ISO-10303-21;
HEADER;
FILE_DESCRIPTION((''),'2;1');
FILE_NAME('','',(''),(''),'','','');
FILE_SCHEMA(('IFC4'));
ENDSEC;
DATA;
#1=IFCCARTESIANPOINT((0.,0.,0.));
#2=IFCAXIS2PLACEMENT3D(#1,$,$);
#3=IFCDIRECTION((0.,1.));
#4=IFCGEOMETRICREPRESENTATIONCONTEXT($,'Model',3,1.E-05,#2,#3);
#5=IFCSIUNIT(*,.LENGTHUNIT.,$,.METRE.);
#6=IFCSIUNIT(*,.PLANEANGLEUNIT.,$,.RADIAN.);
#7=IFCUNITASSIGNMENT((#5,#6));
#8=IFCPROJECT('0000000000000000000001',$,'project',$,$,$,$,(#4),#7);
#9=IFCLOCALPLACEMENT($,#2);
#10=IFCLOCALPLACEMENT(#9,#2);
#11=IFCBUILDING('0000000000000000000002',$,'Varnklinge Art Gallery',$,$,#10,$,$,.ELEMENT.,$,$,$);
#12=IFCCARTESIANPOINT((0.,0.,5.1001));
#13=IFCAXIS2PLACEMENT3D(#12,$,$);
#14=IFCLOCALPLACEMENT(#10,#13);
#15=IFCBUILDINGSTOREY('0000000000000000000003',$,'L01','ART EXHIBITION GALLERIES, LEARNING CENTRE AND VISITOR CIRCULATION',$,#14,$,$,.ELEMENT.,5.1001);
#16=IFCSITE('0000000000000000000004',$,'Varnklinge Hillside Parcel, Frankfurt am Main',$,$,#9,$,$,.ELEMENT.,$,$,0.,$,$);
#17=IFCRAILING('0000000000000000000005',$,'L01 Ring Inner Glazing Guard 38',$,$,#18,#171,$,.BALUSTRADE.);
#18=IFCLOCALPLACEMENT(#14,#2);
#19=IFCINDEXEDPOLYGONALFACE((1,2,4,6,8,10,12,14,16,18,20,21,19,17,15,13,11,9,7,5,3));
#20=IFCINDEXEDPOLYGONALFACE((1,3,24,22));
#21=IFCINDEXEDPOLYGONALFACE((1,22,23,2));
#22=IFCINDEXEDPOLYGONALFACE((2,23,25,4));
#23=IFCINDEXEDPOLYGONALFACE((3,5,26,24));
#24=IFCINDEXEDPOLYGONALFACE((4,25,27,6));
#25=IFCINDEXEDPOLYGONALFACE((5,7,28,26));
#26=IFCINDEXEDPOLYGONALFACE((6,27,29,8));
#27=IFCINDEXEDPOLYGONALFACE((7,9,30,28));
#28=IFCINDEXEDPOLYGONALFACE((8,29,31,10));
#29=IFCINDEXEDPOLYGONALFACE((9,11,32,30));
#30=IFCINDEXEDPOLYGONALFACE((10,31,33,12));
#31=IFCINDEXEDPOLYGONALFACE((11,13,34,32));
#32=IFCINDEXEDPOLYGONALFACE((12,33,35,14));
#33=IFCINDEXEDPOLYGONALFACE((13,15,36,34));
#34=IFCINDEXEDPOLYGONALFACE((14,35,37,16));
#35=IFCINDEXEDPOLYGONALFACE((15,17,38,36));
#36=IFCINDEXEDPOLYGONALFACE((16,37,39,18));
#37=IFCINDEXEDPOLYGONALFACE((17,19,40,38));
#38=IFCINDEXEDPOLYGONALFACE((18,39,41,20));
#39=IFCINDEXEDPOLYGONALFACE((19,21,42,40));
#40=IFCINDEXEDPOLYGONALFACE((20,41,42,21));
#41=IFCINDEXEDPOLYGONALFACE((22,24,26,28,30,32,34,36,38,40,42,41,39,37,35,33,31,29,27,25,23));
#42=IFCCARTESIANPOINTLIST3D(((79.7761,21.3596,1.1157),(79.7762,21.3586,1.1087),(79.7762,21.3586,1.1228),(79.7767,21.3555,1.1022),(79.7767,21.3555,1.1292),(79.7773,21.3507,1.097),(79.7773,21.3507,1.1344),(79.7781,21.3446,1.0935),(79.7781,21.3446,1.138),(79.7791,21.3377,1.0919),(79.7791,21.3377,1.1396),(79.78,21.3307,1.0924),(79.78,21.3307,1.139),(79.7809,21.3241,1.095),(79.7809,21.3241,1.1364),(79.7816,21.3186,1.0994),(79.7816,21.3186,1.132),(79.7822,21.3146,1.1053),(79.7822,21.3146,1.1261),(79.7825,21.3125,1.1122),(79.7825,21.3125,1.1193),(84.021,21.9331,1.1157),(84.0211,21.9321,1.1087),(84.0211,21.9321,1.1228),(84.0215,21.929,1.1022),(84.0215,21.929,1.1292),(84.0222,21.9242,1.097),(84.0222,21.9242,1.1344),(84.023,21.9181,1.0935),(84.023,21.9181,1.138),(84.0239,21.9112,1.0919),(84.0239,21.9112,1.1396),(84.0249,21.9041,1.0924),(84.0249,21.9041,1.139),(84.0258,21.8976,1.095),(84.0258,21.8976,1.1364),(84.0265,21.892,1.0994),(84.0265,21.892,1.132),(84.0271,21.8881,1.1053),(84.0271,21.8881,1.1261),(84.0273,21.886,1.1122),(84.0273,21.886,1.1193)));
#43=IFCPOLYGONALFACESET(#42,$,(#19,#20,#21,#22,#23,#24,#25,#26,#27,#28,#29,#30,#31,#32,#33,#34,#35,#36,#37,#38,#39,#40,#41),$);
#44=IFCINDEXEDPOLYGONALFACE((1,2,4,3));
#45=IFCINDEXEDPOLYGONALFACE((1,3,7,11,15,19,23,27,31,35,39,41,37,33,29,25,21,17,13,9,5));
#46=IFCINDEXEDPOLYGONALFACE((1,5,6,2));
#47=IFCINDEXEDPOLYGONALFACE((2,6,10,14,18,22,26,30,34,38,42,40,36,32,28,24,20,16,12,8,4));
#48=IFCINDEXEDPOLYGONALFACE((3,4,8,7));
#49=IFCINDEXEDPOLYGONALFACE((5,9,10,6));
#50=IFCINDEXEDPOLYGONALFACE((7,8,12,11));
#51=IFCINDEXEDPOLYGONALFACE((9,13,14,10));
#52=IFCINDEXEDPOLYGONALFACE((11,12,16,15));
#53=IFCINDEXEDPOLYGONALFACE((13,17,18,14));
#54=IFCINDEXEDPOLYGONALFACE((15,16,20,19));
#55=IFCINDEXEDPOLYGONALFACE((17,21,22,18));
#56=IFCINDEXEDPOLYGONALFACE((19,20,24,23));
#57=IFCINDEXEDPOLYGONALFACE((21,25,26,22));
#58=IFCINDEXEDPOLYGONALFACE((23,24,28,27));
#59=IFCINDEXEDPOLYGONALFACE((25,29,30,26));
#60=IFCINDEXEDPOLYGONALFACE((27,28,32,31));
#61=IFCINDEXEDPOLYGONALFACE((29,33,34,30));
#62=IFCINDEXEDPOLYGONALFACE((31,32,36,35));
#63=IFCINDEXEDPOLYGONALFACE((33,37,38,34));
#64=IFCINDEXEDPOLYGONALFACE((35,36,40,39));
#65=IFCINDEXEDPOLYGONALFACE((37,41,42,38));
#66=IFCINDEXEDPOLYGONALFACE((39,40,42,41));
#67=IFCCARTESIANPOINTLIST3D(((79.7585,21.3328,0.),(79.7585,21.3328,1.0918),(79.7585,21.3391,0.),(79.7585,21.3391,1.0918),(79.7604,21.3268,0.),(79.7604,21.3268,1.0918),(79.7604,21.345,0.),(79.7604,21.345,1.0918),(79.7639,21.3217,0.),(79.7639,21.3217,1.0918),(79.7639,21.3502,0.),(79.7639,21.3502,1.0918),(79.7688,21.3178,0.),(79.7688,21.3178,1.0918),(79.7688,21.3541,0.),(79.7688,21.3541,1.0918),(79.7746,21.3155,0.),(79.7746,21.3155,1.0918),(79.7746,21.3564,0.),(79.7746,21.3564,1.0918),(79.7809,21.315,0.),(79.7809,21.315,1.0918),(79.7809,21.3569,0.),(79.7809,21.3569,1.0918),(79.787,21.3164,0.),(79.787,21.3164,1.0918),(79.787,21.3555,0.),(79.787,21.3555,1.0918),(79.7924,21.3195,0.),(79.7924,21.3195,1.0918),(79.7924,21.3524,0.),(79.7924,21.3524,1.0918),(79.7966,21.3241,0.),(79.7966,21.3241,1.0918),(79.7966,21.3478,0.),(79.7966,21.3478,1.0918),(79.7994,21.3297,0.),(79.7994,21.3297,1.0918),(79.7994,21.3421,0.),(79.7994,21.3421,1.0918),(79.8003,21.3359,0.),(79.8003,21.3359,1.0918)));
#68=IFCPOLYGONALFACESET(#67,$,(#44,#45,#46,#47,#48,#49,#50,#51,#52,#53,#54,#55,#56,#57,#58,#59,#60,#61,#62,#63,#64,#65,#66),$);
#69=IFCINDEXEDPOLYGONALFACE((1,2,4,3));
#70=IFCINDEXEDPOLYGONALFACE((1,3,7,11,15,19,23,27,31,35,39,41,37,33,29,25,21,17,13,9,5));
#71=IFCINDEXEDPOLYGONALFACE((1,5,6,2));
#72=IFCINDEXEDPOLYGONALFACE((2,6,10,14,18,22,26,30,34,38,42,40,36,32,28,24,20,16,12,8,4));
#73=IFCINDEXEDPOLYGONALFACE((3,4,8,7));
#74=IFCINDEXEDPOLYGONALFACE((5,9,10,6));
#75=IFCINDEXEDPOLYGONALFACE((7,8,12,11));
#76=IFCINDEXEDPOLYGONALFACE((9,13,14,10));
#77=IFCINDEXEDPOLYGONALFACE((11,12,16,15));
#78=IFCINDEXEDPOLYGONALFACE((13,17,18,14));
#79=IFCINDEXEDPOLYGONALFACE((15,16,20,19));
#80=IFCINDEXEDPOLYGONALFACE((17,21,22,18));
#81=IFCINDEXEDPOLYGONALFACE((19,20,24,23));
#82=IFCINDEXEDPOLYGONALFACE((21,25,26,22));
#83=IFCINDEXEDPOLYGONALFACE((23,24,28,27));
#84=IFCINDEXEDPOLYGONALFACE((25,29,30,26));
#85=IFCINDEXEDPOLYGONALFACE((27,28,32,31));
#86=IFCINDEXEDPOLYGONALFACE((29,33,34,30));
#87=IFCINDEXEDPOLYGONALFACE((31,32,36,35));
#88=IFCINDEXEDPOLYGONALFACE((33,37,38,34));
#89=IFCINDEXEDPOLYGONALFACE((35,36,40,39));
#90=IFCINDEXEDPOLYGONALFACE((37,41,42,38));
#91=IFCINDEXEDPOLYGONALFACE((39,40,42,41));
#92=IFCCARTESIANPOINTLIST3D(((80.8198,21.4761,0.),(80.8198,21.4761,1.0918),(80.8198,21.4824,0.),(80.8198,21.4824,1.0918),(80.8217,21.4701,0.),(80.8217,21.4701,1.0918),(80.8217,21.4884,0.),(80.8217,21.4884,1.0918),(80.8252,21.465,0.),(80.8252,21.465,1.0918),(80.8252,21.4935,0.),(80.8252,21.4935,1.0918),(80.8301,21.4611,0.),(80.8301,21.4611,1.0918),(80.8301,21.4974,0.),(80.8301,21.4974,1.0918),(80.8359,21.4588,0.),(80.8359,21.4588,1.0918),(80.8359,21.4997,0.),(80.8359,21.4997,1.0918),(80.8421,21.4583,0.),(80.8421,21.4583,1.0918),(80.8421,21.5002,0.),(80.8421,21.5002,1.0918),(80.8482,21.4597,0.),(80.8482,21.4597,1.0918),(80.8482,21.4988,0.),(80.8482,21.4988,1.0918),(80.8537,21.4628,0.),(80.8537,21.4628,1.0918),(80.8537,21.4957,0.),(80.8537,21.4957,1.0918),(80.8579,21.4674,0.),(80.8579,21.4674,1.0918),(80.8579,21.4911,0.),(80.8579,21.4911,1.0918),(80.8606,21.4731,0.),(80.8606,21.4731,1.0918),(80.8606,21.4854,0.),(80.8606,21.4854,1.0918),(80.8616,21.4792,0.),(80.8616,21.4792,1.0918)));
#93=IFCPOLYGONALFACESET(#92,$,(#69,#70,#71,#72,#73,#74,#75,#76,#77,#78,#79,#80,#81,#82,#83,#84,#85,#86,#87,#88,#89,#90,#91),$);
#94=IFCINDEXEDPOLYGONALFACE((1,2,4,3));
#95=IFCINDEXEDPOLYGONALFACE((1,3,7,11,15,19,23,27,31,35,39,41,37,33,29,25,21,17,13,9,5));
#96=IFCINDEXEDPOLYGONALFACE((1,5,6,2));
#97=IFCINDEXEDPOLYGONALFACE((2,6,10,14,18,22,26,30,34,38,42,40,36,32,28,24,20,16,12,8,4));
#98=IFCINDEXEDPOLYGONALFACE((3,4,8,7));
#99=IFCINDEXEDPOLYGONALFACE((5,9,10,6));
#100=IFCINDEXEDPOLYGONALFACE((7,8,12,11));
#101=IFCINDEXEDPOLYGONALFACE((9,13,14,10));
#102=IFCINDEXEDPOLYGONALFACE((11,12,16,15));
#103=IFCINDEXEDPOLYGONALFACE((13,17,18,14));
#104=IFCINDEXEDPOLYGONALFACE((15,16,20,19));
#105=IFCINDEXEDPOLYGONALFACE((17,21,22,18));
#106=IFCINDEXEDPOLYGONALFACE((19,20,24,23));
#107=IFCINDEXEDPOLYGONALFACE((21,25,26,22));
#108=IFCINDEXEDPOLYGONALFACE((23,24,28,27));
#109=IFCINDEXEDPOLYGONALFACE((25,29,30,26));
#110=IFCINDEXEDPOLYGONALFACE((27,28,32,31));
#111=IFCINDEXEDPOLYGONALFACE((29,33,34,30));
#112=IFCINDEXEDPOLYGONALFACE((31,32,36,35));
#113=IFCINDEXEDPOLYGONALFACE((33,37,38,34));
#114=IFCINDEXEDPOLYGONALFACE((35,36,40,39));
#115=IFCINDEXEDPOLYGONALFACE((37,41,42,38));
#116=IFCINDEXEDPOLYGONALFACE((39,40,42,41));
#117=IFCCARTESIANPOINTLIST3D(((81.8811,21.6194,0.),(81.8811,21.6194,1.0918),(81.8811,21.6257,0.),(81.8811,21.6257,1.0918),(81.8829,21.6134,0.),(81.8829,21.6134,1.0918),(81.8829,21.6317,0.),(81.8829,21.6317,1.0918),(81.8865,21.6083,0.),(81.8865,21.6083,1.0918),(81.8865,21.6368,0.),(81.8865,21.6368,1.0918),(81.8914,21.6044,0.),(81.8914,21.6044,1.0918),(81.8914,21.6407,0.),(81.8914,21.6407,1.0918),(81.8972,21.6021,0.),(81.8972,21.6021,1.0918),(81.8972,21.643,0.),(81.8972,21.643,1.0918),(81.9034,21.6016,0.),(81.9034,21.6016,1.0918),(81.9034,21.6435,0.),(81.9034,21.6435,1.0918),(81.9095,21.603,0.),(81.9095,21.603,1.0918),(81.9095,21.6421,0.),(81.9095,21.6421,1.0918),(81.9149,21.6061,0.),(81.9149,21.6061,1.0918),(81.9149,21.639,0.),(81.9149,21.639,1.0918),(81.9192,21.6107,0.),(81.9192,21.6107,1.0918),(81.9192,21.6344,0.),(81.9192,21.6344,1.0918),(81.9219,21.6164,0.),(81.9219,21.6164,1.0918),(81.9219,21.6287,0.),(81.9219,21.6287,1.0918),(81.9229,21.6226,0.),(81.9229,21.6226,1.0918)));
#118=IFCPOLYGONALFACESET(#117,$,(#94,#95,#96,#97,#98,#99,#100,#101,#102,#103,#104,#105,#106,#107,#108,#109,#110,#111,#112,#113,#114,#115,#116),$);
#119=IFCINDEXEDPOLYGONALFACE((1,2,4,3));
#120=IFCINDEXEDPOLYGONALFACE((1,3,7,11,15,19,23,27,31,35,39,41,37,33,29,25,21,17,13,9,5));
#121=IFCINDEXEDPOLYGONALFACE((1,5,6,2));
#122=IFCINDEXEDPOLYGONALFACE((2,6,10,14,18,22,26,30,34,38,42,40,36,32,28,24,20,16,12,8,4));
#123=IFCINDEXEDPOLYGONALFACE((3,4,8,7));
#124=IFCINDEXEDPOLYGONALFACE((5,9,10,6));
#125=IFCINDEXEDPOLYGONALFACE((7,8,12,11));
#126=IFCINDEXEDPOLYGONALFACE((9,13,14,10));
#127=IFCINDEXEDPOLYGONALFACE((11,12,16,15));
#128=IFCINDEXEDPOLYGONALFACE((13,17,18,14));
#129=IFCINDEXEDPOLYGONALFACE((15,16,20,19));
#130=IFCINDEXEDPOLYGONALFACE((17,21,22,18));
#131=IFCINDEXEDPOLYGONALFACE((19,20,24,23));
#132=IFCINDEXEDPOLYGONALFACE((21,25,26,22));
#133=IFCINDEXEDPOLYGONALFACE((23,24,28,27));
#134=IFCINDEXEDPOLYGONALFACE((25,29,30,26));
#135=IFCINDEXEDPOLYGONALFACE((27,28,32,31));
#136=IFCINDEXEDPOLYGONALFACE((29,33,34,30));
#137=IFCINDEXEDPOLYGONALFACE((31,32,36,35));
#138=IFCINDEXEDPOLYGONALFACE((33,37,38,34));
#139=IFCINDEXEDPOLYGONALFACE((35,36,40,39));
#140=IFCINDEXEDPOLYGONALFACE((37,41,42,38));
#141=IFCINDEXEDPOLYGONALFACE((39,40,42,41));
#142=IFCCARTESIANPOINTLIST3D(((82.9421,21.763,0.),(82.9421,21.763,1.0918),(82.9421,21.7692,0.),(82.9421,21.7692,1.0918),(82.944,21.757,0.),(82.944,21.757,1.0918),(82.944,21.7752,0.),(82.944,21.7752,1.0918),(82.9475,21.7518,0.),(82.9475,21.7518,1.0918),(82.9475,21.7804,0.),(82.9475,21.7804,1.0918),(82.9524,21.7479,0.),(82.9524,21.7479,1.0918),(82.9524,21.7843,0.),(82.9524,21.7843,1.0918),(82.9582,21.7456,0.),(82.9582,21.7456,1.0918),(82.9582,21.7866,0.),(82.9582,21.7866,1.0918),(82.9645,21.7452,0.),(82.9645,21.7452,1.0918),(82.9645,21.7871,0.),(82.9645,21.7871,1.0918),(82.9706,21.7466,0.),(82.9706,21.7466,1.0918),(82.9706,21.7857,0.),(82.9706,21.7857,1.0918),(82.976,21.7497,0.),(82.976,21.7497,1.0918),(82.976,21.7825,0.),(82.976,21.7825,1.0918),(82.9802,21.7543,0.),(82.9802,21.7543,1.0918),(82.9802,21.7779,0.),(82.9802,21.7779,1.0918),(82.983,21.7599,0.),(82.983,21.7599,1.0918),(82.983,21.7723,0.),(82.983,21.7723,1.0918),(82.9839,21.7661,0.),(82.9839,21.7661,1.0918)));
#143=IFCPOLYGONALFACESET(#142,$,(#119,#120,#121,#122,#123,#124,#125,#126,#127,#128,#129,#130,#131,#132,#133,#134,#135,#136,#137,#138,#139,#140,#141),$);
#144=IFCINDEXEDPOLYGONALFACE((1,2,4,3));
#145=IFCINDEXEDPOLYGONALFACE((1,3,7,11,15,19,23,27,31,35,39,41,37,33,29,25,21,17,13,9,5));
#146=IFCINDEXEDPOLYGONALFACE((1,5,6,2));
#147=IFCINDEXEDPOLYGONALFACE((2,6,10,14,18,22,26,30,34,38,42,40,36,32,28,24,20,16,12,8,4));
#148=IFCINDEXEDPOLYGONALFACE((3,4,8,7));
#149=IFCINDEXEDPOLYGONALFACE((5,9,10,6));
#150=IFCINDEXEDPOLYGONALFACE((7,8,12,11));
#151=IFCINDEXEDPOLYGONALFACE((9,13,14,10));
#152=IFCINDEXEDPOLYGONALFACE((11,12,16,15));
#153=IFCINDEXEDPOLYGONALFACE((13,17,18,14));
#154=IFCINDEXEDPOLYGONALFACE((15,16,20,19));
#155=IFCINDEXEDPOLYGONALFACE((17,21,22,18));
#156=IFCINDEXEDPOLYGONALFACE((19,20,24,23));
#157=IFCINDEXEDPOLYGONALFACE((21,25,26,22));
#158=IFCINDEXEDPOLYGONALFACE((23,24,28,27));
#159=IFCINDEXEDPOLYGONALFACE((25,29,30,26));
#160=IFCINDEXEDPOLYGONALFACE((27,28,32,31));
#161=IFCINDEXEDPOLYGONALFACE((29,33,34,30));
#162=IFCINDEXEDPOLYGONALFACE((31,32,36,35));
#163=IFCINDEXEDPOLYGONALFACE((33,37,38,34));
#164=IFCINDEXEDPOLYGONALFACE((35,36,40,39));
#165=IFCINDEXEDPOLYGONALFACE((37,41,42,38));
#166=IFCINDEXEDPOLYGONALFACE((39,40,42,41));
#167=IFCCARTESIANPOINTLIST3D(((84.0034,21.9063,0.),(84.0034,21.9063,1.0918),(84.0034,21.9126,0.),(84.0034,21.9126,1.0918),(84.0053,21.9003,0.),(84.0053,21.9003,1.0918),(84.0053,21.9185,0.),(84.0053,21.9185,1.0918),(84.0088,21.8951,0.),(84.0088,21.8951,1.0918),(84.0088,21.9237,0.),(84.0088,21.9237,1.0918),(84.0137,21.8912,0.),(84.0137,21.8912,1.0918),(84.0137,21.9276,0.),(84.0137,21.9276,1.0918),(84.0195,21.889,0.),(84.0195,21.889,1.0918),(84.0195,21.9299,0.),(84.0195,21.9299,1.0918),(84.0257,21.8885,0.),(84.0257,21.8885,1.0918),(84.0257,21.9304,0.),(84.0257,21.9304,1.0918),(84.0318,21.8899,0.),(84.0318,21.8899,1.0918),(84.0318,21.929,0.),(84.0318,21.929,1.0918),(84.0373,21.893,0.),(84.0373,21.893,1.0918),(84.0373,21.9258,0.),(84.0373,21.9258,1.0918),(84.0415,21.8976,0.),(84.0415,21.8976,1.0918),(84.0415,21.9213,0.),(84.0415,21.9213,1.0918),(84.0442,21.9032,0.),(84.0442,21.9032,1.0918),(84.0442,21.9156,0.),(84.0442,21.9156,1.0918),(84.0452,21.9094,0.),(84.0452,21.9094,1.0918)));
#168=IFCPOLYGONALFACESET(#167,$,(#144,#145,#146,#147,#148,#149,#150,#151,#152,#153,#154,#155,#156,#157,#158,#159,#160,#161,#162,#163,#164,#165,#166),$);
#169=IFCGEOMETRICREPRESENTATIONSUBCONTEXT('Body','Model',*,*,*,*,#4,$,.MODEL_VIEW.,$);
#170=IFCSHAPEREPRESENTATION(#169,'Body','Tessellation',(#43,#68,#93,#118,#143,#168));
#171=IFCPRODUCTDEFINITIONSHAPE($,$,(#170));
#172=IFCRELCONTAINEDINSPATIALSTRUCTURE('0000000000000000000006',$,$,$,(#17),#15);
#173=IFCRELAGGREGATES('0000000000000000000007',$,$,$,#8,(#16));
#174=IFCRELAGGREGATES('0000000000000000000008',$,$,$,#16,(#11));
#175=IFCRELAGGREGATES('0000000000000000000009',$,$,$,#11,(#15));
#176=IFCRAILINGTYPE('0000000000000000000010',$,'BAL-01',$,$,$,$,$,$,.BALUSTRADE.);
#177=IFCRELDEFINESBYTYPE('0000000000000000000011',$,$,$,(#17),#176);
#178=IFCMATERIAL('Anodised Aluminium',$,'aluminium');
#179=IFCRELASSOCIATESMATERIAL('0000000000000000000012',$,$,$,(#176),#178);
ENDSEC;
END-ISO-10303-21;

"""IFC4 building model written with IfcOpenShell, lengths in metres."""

from ifc_helpers import new_model, si_unit, direction, frame, origin, origin_2d, place, context, subcontext, project, spatial, circle, extrude, material, type_object, element, save


model = new_model("IFC4")

# Units and contexts
model_context = context("Model", 3, precision=1e-05, world=origin(), true_north=direction((0.0, 1.0)))
body_context = subcontext(model_context, "Body", "Model", "MODEL_VIEW")
ifc_project = project(units=[si_unit("LENGTHUNIT", "METRE"), si_unit("PLANEANGLEUNIT", "RADIAN")], contexts=[model_context])

# Site, building, storey
site_placement = place(None, origin())
site = spatial("IfcSite", under=ifc_project, at=site_placement, Name="Varnklinge Hillside Parcel, Frankfurt am Main", CompositionType="ELEMENT", RefElevation=0.0)
building_placement = place(site_placement, origin())
building = spatial("IfcBuilding", under=site, at=building_placement, Name="Varnklinge Art Gallery", CompositionType="ELEMENT")
storey_placement = place(building_placement, frame((0.0, 0.0, 5.1001)))
storey = spatial("IfcBuildingStorey", under=building, at=storey_placement, Name="L01", Description="ART EXHIBITION GALLERIES, LEARNING CENTRE AND VISITOR CIRCULATION", CompositionType="ELEMENT", Elevation=5.1001)

# Railing
ifc_material_1 = material(Name="Anodised Aluminium", Category="aluminium")
railing_type = type_object("IfcRailingType", Name="BAL-01", PredefinedType="BALUSTRADE", material=ifc_material_1)
railing_1_placement = place(storey_placement, frame((79.7793, 21.3359, 0.0)))
element("IfcRailing", 1, at=railing_1_placement, inside=storey, type_object=railing_type, Name="L01 Ring Inner Glazing Guard 38", PredefinedType="BALUSTRADE", context=body_context, shape_type="SweptSolid", body=[
    extrude(circle(Radius=0.0239, at=origin_2d()), frame((0.0, 0.0, 1.1157), z_axis=(0.990997, 0.133885, 0.0), x_axis=(-0.133885, 0.990997, 0.0)), (0.0, 0.0, 1.0), 4.2834),
    extrude(circle(Radius=0.021, at=origin_2d()), origin(), (0.0, 0.0, 1.0), 1.0918),
    extrude(circle(Radius=0.021, at=origin_2d()), frame((1.0613, 0.1433, 0.0)), (0.0, 0.0, 1.0), 1.0918),
    extrude(circle(Radius=0.021, at=origin_2d()), frame((2.1226, 0.2866, 0.0)), (0.0, 0.0, 1.0), 1.0918),
    extrude(circle(Radius=0.021, at=origin_2d()), frame((3.1836, 0.4302, 0.0)), (0.0, 0.0, 1.0), 1.0918),
    extrude(circle(Radius=0.021, at=origin_2d()), frame((4.2449, 0.5735, 0.0)), (0.0, 0.0, 1.0), 1.0918),
])

save(model, "model.ifc")
